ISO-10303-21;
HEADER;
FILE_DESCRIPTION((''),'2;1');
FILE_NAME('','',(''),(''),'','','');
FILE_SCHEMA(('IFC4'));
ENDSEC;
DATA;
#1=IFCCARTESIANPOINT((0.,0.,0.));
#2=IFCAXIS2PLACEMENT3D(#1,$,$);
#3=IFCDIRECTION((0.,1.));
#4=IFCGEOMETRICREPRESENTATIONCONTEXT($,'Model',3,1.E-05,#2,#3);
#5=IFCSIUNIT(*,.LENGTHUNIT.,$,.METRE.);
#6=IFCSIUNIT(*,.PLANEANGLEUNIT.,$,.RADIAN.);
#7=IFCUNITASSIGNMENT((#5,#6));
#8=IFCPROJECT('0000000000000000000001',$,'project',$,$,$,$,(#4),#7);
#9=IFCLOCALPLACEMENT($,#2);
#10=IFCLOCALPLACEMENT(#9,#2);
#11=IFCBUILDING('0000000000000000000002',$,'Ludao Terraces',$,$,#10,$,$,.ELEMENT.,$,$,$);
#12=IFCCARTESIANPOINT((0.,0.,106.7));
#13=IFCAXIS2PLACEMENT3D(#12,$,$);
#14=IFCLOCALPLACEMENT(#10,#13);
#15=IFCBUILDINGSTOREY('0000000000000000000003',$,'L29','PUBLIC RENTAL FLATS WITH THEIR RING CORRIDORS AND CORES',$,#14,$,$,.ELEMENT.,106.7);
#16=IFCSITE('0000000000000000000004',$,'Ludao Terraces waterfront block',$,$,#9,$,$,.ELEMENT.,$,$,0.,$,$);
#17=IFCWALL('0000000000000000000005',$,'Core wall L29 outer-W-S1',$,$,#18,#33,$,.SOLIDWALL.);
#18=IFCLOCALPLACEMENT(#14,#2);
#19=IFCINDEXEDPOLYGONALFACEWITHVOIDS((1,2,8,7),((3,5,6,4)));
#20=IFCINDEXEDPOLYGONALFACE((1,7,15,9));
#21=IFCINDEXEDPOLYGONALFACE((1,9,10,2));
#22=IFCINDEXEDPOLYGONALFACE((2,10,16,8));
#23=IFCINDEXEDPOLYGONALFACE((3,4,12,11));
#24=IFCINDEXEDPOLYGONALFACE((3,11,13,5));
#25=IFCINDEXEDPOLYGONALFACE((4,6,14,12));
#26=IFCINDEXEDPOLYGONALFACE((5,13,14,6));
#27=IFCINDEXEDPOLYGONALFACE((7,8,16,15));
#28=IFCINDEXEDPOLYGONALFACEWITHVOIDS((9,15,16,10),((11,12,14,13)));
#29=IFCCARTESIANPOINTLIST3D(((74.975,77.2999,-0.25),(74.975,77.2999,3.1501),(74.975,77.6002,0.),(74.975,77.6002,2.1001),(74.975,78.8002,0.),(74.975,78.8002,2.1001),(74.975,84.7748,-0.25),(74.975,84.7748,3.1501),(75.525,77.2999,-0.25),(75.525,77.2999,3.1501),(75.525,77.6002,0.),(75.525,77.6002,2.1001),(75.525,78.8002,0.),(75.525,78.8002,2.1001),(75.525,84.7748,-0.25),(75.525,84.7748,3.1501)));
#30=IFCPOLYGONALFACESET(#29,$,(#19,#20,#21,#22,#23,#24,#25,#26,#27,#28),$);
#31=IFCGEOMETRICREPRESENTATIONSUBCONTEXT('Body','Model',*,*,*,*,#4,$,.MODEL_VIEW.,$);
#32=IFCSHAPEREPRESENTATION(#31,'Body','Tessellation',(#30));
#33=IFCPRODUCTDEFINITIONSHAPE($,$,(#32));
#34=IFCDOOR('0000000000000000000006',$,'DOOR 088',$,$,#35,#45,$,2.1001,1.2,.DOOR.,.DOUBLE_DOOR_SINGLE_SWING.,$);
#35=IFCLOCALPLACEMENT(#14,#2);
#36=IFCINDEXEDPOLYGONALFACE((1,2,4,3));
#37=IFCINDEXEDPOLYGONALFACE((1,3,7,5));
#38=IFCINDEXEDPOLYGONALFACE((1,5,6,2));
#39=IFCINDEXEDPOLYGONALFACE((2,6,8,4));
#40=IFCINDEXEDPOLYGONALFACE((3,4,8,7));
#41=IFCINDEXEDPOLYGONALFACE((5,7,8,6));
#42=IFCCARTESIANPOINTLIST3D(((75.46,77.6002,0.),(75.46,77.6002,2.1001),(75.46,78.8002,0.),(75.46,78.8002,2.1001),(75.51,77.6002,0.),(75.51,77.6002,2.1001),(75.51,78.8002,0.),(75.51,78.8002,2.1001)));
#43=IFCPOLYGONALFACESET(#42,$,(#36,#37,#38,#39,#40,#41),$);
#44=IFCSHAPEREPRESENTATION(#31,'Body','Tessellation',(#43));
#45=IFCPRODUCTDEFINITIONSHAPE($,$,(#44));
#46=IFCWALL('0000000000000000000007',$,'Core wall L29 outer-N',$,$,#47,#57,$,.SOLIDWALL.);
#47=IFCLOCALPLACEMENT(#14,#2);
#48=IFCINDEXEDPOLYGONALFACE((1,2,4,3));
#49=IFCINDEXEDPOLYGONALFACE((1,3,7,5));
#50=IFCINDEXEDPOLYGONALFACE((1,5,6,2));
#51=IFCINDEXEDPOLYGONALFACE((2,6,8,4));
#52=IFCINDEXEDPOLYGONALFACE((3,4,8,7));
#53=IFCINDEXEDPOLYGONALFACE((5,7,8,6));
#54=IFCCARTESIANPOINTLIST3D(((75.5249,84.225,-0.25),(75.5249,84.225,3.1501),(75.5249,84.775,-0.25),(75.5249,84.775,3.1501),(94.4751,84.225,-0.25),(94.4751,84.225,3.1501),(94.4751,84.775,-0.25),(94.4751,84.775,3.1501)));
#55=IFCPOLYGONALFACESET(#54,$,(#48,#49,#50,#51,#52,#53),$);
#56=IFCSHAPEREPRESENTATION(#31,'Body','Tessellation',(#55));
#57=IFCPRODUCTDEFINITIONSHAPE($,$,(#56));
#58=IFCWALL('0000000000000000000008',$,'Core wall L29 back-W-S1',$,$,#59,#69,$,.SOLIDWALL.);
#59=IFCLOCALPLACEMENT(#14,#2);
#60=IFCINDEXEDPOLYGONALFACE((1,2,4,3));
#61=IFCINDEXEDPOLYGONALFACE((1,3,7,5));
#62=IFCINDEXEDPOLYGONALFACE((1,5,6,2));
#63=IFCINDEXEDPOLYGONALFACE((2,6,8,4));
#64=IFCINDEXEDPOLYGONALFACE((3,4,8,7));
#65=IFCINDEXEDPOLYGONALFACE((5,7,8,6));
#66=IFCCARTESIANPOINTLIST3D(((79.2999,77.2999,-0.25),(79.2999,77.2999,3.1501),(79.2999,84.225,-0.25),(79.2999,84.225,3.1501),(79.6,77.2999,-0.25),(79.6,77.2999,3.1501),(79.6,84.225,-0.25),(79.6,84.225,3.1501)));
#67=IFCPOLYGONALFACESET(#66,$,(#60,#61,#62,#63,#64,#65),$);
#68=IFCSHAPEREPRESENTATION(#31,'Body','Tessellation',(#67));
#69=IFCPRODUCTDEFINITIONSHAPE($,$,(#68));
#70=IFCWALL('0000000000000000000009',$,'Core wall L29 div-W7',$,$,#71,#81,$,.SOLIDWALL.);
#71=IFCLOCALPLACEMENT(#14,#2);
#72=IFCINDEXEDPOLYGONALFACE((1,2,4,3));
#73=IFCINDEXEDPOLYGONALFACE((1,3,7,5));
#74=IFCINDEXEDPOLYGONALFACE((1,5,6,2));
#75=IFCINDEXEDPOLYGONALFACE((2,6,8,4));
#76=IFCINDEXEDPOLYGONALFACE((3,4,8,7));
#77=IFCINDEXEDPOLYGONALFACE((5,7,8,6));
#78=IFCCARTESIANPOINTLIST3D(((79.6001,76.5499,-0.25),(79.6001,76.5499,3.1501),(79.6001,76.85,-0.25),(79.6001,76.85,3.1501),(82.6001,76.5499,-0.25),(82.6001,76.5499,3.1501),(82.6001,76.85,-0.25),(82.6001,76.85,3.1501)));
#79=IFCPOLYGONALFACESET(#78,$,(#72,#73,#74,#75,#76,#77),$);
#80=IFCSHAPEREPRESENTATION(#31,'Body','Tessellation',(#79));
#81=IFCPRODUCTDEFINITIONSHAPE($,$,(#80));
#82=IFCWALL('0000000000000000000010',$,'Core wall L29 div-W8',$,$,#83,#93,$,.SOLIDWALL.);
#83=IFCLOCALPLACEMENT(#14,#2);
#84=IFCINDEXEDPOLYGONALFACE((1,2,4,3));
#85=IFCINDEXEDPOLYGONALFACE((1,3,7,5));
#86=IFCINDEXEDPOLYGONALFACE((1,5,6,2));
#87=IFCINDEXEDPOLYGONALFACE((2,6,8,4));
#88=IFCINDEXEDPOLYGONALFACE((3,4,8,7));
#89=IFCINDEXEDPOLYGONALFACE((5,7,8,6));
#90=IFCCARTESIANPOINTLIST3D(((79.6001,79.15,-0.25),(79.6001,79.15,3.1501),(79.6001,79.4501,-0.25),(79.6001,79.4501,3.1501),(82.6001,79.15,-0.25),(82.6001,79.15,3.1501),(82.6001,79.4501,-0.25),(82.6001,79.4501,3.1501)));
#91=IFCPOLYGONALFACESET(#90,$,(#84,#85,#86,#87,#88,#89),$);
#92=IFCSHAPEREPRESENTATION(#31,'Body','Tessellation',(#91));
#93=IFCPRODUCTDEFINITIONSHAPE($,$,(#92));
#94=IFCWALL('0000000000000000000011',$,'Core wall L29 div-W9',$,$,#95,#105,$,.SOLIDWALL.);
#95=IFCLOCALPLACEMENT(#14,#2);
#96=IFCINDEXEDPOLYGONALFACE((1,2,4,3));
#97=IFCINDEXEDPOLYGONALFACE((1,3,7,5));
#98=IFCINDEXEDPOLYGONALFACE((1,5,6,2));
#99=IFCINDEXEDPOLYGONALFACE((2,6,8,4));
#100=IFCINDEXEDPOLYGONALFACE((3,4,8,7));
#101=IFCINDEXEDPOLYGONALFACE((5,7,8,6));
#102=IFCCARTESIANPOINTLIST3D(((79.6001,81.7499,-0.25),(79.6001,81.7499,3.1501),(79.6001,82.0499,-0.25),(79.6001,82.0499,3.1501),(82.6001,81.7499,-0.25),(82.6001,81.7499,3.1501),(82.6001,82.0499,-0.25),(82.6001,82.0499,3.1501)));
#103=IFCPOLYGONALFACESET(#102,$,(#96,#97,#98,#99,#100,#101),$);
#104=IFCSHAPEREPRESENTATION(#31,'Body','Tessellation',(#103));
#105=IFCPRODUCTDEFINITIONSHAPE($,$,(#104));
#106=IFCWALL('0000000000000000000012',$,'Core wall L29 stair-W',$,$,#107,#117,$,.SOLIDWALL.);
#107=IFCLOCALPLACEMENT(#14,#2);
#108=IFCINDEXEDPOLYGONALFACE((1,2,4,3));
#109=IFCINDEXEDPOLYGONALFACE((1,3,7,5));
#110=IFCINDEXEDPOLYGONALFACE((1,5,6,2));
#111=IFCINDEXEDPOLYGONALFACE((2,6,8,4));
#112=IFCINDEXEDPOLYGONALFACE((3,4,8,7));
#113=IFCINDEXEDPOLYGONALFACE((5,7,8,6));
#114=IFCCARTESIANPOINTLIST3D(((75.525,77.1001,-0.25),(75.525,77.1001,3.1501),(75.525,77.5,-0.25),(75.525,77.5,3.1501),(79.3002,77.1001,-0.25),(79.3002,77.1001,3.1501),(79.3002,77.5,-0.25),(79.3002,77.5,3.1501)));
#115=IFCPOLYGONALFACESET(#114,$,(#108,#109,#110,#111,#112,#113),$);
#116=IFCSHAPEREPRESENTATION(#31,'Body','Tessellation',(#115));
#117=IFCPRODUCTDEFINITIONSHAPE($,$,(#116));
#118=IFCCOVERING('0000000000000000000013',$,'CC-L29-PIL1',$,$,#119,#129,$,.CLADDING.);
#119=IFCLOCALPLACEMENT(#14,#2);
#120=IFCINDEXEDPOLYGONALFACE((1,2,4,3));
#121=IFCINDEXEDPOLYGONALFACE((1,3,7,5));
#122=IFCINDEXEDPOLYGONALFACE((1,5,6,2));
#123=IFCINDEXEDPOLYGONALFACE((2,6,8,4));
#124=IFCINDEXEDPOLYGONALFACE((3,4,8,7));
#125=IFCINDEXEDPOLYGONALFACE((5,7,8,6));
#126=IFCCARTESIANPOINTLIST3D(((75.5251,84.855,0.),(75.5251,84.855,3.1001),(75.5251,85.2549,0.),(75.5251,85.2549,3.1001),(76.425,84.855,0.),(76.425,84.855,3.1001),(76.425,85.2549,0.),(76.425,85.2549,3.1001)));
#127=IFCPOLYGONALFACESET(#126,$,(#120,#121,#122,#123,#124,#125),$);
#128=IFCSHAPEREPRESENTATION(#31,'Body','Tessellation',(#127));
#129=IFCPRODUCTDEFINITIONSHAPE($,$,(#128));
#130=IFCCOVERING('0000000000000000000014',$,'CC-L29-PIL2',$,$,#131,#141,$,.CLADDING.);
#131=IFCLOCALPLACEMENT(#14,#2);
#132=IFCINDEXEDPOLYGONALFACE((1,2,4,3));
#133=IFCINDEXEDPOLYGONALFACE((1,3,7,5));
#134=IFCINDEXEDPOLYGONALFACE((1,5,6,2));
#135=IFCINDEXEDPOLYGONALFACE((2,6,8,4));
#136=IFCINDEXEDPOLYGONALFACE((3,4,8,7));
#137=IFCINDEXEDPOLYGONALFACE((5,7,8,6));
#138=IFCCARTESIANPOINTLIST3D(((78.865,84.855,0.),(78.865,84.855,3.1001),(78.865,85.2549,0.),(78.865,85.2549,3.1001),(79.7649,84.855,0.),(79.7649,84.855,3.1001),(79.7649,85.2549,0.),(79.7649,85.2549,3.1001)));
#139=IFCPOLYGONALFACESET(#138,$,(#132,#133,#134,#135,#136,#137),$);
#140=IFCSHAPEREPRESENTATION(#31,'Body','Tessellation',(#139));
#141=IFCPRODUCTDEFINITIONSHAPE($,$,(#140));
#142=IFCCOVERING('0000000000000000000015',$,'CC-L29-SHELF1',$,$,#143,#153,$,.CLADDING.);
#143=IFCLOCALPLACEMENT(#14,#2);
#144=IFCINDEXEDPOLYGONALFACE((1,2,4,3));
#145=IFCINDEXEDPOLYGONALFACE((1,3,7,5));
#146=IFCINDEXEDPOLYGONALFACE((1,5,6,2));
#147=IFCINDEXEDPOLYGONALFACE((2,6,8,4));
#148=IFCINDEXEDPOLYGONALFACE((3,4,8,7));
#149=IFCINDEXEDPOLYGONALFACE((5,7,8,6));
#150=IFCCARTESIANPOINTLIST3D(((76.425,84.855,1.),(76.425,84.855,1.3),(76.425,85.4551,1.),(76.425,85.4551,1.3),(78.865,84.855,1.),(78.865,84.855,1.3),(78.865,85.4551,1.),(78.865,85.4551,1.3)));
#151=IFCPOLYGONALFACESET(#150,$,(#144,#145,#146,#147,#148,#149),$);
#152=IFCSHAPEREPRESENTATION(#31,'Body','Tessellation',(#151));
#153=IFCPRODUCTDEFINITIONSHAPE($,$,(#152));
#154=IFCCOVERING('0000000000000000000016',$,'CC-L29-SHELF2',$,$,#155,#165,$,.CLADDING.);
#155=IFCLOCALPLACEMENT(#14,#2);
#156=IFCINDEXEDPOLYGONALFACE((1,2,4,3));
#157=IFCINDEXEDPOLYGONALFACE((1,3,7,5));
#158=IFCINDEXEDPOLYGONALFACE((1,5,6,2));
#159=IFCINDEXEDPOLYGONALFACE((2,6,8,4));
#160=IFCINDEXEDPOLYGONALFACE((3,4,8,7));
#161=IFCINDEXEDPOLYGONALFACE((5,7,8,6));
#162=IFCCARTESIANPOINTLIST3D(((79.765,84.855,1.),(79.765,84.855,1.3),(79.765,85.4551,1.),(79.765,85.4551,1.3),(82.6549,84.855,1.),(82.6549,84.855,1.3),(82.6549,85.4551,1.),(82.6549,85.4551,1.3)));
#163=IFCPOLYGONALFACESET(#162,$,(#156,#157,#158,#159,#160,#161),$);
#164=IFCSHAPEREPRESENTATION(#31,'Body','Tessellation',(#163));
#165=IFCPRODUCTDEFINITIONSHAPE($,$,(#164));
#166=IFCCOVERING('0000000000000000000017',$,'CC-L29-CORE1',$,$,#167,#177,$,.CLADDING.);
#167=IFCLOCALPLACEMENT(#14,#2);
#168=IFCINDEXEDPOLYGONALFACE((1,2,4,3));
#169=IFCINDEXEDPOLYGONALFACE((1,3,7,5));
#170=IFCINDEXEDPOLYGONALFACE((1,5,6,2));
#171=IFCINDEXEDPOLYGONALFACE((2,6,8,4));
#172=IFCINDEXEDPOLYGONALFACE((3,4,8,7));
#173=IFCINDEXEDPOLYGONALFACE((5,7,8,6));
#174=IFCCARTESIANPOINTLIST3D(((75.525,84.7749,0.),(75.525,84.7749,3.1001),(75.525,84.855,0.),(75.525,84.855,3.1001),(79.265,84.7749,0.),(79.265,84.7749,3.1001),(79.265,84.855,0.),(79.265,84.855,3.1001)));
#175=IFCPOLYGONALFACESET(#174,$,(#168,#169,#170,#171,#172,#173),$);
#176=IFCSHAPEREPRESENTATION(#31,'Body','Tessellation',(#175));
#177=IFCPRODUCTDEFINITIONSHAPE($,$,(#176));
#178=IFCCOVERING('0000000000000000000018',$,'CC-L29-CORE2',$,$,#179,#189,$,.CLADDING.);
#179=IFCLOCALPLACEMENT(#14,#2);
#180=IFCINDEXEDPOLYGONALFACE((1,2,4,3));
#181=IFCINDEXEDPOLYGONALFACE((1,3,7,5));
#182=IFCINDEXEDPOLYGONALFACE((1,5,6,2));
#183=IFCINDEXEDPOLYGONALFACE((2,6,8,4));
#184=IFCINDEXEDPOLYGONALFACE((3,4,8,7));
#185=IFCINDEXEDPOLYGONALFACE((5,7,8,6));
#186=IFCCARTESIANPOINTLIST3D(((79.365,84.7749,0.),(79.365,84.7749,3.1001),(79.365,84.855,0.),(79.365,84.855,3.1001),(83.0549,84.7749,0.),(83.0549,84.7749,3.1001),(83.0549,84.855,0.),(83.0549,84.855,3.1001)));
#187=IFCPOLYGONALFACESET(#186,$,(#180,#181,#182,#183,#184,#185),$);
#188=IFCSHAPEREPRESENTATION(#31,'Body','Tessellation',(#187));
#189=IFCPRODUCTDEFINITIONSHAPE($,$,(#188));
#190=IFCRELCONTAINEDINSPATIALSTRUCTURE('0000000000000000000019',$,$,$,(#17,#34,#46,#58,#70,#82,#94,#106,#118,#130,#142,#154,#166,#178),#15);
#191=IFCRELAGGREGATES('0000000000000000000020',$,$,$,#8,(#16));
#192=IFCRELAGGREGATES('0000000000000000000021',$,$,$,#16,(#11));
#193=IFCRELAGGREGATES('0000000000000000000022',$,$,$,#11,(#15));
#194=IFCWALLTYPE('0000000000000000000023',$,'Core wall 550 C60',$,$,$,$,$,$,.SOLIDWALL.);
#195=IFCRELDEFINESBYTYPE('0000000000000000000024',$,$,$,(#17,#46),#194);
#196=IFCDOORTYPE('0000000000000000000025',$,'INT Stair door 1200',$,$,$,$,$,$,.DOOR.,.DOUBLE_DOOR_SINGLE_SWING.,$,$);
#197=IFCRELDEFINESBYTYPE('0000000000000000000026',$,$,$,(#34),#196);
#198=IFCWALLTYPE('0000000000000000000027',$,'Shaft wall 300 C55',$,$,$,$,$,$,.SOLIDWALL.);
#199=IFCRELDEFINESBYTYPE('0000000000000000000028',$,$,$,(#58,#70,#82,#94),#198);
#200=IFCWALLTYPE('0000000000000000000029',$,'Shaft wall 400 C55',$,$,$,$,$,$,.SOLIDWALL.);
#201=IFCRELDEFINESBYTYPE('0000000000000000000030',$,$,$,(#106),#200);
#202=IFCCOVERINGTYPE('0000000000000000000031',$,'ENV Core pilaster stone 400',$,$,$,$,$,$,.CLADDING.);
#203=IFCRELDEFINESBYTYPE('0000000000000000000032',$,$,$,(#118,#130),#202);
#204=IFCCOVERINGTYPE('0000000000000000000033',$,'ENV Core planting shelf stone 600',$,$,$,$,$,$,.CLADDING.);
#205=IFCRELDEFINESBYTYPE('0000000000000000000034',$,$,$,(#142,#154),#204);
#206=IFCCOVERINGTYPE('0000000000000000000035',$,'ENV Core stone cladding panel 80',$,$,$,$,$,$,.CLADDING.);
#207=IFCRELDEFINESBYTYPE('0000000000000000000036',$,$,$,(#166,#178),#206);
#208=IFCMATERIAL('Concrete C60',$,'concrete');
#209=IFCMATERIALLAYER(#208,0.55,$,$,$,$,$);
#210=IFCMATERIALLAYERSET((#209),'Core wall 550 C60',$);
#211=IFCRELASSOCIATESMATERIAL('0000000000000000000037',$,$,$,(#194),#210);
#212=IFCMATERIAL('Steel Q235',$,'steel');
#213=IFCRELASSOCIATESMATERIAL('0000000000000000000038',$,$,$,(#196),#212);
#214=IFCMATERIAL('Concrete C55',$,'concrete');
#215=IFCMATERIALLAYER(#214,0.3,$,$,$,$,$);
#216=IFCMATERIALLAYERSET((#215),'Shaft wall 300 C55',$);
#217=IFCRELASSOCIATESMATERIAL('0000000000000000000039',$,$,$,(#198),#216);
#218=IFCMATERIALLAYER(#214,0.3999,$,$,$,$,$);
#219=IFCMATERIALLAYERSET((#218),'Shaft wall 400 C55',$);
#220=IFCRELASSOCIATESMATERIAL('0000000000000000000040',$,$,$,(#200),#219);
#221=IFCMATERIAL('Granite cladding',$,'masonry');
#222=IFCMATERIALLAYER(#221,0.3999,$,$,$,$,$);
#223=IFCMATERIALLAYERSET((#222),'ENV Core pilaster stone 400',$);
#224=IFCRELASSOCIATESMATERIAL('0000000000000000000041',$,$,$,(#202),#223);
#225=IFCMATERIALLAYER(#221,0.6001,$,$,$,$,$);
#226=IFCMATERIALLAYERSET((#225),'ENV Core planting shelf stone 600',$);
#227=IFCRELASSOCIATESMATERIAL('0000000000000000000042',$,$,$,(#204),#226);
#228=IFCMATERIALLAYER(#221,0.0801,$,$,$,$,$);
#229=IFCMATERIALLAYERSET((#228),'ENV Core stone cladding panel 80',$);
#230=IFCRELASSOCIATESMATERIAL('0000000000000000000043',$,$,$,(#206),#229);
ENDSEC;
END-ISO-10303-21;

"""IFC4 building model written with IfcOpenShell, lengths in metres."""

from ifc_helpers import new_model, si_unit, direction, frame, frame_2d, origin, origin_2d, place, context, subcontext, project, spatial, rectangle, extrude, material, layer, layer_set, type_object, element, fill, save


model = new_model("IFC4")

# Units and contexts
model_context = context("Model", 3, precision=1e-05, world=origin(), true_north=direction((0.0, 1.0)))
body_context = subcontext(model_context, "Body", "Model", "MODEL_VIEW")
ifc_project = project(units=[si_unit("LENGTHUNIT", "METRE"), si_unit("PLANEANGLEUNIT", "RADIAN")], contexts=[model_context])

# Site, building, storey
site_placement = place(None, origin())
site = spatial("IfcSite", under=ifc_project, at=site_placement, Name="Ludao Terraces waterfront block", CompositionType="ELEMENT", RefElevation=0.0)
building_placement = place(site_placement, origin())
building = spatial("IfcBuilding", under=site, at=building_placement, Name="Ludao Terraces", CompositionType="ELEMENT")
storey_placement = place(building_placement, frame((0.0, 0.0, 106.7)))
storey = spatial("IfcBuildingStorey", under=building, at=storey_placement, Name="L29", Description="PUBLIC RENTAL FLATS WITH THEIR RING CORRIDORS AND CORES", CompositionType="ELEMENT", Elevation=106.7)

# Wall, opening, door
ifc_material_1 = material(Name="Concrete C60", Category="concrete")
ifc_layer_1 = layer(ifc_material_1, 0.55)
ifc_layer_set_1 = layer_set([ifc_layer_1], Name="Core wall 550 C60")
wall_type_1 = type_object("IfcWallType", Name="Core wall 550 C60", PredefinedType="SOLIDWALL", material=ifc_layer_set_1)
wall_1_placement = place(storey_placement, frame((75.25, 77.3, -0.25), z_axis=(0.0, 0.0, 1.0), x_axis=(0.0, 1.0, 0.0)))
wall_1 = element("IfcWall", 1, at=wall_1_placement, inside=storey, type_object=wall_type_1, Name="Core wall L29 outer-W-S1", PredefinedType="SOLIDWALL", context=body_context, shape_type="SweptSolid", body=[
    extrude(rectangle(XDim=7.4749, YDim=0.55, at=frame_2d((3.7373, 0.0))), origin(), (0.0, 0.0, 1.0), 3.4001),
])
opening_placement = place(wall_1_placement, frame((0.3, 0.0, 0.25)))
opening = element("IfcOpeningElement", 2, at=opening_placement, cuts=wall_1, PredefinedType="OPENING", context=body_context, shape_type="SweptSolid", body=[
    extrude(rectangle(XDim=1.2, YDim=2.1001, at=frame_2d((0.6001, 1.05))), frame((0.0, 0.2852, 0.0), z_axis=(0.0, -1.0, 0.0), x_axis=(1.0, 0.0, 0.0)), (0.0, 0.0, 1.0), 0.5701),
])
ifc_material_2 = material(Name="Steel Q235", Category="steel")
door_type = type_object("IfcDoorType", Name="INT Stair door 1200", OperationType="DOUBLE_DOOR_SINGLE_SWING", PredefinedType="DOOR", material=ifc_material_2)
door_placement = place(opening_placement, origin())
door = element("IfcDoor", 3, at=door_placement, inside=storey, type_object=door_type, Name="DOOR 088", OperationType="DOUBLE_DOOR_SINGLE_SWING", OverallHeight=2.1001, OverallWidth=1.2, PredefinedType="DOOR", context=body_context, shape_type="SweptSolid", body=[
    extrude(rectangle(XDim=1.2, YDim=2.1001, at=frame_2d((0.6001, 1.05))), frame((0.0, -0.21, 0.0), z_axis=(0.0, -1.0, 0.0), x_axis=(1.0, 0.0, 0.0)), (0.0, 0.0, 1.0), 0.05),
])
fill(opening, door)

# Walls
wall_2_placement = place(storey_placement, frame((75.5249, 84.5, -0.25), z_axis=(0.0, 0.0, 1.0), x_axis=(1.0, 0.0, 0.0)))
element("IfcWall", 4, at=wall_2_placement, inside=storey, type_object=wall_type_1, Name="Core wall L29 outer-N", PredefinedType="SOLIDWALL", context=body_context, shape_type="SweptSolid", body=[
    extrude(rectangle(XDim=18.9502, YDim=0.55, at=frame_2d((9.4751, 0.0))), origin(), (0.0, 0.0, 1.0), 3.4001),
])
ifc_material_3 = material(Name="Concrete C55", Category="concrete")
ifc_layer_2 = layer(ifc_material_3, 0.3)
ifc_layer_set_2 = layer_set([ifc_layer_2], Name="Shaft wall 300 C55")
wall_type_2 = type_object("IfcWallType", Name="Shaft wall 300 C55", PredefinedType="SOLIDWALL", material=ifc_layer_set_2)
wall_3_placement = place(storey_placement, frame((79.45, 77.3, -0.25), z_axis=(0.0, 0.0, 1.0), x_axis=(0.0, 1.0, 0.0)))
element("IfcWall", 5, at=wall_3_placement, inside=storey, type_object=wall_type_2, Name="Core wall L29 back-W-S1", PredefinedType="SOLIDWALL", context=body_context, shape_type="SweptSolid", body=[
    extrude(rectangle(XDim=6.925, YDim=0.3, at=frame_2d((3.4624, 0.0))), origin(), (0.0, 0.0, 1.0), 3.4001),
])
for number, where, z_axis, x_axis, name in (
    (6, (79.6001, 76.7, -0.25), (0.0, 0.0, 1.0), (1.0, 0.0, 0.0), "Core wall L29 div-W7"),
    (7, (79.6001, 79.3, -0.25), (0.0, 0.0, 1.0), (1.0, 0.0, 0.0), "Core wall L29 div-W8"),
    (8, (79.6001, 81.8999, -0.25), (0.0, 0.0, 1.0), (1.0, 0.0, 0.0), "Core wall L29 div-W9"),
):
    element("IfcWall", number, at=place(storey_placement, frame(where, z_axis=z_axis, x_axis=x_axis)), inside=storey, type_object=wall_type_2, Name=name, PredefinedType="SOLIDWALL", context=body_context, shape_type="SweptSolid", body=[
        extrude(rectangle(XDim=3.0, YDim=0.3, at=frame_2d((1.5, 0.0))), origin(), (0.0, 0.0, 1.0), 3.4001),
    ])
ifc_layer_3 = layer(ifc_material_3, 0.3999)
ifc_layer_set_3 = layer_set([ifc_layer_3], Name="Shaft wall 400 C55")
wall_type_3 = type_object("IfcWallType", Name="Shaft wall 400 C55", PredefinedType="SOLIDWALL", material=ifc_layer_set_3)
wall_4_placement = place(storey_placement, frame((75.5249, 77.3, -0.25), z_axis=(0.0, 0.0, 1.0), x_axis=(1.0, 0.0, 0.0)))
element("IfcWall", 9, at=wall_4_placement, inside=storey, type_object=wall_type_3, Name="Core wall L29 stair-W", PredefinedType="SOLIDWALL", context=body_context, shape_type="SweptSolid", body=[
    extrude(rectangle(XDim=3.7751, YDim=0.3999, at=frame_2d((1.8877, 0.0))), origin(), (0.0, 0.0, 1.0), 3.4001),
])

# Coverings
ifc_material_4 = material(Name="Granite cladding", Category="masonry")
ifc_layer_4 = layer(ifc_material_4, 0.3999)
ifc_layer_set_4 = layer_set([ifc_layer_4], Name="ENV Core pilaster stone 400")
covering_type_1 = type_object("IfcCoveringType", Name="ENV Core pilaster stone 400", PredefinedType="CLADDING", material=ifc_layer_set_4)
for number, where, z_axis, x_axis, name in (
    (10, (75.9751, 85.0549, 0.0), (0.0, 0.0, 1.0), (1.0, 0.0, 0.0), "CC-L29-PIL1"),
    (11, (79.3149, 85.0549, 0.0), (0.0, 0.0, 1.0), (1.0, 0.0, 0.0), "CC-L29-PIL2"),
):
    element("IfcCovering", number, at=place(storey_placement, frame(where, z_axis=z_axis, x_axis=x_axis)), inside=storey, type_object=covering_type_1, Name=name, PredefinedType="CLADDING", context=body_context, shape_type="SweptSolid", body=[
        extrude(rectangle(XDim=0.8999, YDim=0.3999, at=origin_2d()), origin(), (0.0, 0.0, 1.0), 3.1001),
    ])
ifc_layer_5 = layer(ifc_material_4, 0.6001)
ifc_layer_set_5 = layer_set([ifc_layer_5], Name="ENV Core planting shelf stone 600")
covering_type_2 = type_object("IfcCoveringType", Name="ENV Core planting shelf stone 600", PredefinedType="CLADDING", material=ifc_layer_set_5)
covering_1_placement = place(storey_placement, frame((77.645, 85.155, 1.0), z_axis=(0.0, 0.0, 1.0), x_axis=(1.0, 0.0, 0.0)))
element("IfcCovering", 12, at=covering_1_placement, inside=storey, type_object=covering_type_2, Name="CC-L29-SHELF1", PredefinedType="CLADDING", context=body_context, shape_type="SweptSolid", body=[
    extrude(rectangle(XDim=2.4399, YDim=0.6001, at=origin_2d()), origin(), (0.0, 0.0, 1.0), 0.3),
])
covering_2_placement = place(storey_placement, frame((81.21, 85.155, 1.0), z_axis=(0.0, 0.0, 1.0), x_axis=(1.0, 0.0, 0.0)))
element("IfcCovering", 13, at=covering_2_placement, inside=storey, type_object=covering_type_2, Name="CC-L29-SHELF2", PredefinedType="CLADDING", context=body_context, shape_type="SweptSolid", body=[
    extrude(rectangle(XDim=2.8899, YDim=0.6001, at=origin_2d()), origin(), (0.0, 0.0, 1.0), 0.3),
])
ifc_layer_6 = layer(ifc_material_4, 0.0801)
ifc_layer_set_6 = layer_set([ifc_layer_6], Name="ENV Core stone cladding panel 80")
covering_type_3 = type_object("IfcCoveringType", Name="ENV Core stone cladding panel 80", PredefinedType="CLADDING", material=ifc_layer_set_6)
covering_3_placement = place(storey_placement, frame((77.395, 84.8149, 0.0), z_axis=(0.0, 0.0, 1.0), x_axis=(1.0, 0.0, 0.0)))
element("IfcCovering", 14, at=covering_3_placement, inside=storey, type_object=covering_type_3, Name="CC-L29-CORE1", PredefinedType="CLADDING", context=body_context, shape_type="SweptSolid", body=[
    extrude(rectangle(XDim=3.74, YDim=0.0801, at=origin_2d()), origin(), (0.0, 0.0, 1.0), 3.1001),
])
covering_4_placement = place(storey_placement, frame((81.21, 84.8149, 0.0), z_axis=(0.0, 0.0, 1.0), x_axis=(1.0, 0.0, 0.0)))
element("IfcCovering", 15, at=covering_4_placement, inside=storey, type_object=covering_type_3, Name="CC-L29-CORE2", PredefinedType="CLADDING", context=body_context, shape_type="SweptSolid", body=[
    extrude(rectangle(XDim=3.6899, YDim=0.0801, at=origin_2d()), origin(), (0.0, 0.0, 1.0), 3.1001),
])

save(model, "model.ifc")
